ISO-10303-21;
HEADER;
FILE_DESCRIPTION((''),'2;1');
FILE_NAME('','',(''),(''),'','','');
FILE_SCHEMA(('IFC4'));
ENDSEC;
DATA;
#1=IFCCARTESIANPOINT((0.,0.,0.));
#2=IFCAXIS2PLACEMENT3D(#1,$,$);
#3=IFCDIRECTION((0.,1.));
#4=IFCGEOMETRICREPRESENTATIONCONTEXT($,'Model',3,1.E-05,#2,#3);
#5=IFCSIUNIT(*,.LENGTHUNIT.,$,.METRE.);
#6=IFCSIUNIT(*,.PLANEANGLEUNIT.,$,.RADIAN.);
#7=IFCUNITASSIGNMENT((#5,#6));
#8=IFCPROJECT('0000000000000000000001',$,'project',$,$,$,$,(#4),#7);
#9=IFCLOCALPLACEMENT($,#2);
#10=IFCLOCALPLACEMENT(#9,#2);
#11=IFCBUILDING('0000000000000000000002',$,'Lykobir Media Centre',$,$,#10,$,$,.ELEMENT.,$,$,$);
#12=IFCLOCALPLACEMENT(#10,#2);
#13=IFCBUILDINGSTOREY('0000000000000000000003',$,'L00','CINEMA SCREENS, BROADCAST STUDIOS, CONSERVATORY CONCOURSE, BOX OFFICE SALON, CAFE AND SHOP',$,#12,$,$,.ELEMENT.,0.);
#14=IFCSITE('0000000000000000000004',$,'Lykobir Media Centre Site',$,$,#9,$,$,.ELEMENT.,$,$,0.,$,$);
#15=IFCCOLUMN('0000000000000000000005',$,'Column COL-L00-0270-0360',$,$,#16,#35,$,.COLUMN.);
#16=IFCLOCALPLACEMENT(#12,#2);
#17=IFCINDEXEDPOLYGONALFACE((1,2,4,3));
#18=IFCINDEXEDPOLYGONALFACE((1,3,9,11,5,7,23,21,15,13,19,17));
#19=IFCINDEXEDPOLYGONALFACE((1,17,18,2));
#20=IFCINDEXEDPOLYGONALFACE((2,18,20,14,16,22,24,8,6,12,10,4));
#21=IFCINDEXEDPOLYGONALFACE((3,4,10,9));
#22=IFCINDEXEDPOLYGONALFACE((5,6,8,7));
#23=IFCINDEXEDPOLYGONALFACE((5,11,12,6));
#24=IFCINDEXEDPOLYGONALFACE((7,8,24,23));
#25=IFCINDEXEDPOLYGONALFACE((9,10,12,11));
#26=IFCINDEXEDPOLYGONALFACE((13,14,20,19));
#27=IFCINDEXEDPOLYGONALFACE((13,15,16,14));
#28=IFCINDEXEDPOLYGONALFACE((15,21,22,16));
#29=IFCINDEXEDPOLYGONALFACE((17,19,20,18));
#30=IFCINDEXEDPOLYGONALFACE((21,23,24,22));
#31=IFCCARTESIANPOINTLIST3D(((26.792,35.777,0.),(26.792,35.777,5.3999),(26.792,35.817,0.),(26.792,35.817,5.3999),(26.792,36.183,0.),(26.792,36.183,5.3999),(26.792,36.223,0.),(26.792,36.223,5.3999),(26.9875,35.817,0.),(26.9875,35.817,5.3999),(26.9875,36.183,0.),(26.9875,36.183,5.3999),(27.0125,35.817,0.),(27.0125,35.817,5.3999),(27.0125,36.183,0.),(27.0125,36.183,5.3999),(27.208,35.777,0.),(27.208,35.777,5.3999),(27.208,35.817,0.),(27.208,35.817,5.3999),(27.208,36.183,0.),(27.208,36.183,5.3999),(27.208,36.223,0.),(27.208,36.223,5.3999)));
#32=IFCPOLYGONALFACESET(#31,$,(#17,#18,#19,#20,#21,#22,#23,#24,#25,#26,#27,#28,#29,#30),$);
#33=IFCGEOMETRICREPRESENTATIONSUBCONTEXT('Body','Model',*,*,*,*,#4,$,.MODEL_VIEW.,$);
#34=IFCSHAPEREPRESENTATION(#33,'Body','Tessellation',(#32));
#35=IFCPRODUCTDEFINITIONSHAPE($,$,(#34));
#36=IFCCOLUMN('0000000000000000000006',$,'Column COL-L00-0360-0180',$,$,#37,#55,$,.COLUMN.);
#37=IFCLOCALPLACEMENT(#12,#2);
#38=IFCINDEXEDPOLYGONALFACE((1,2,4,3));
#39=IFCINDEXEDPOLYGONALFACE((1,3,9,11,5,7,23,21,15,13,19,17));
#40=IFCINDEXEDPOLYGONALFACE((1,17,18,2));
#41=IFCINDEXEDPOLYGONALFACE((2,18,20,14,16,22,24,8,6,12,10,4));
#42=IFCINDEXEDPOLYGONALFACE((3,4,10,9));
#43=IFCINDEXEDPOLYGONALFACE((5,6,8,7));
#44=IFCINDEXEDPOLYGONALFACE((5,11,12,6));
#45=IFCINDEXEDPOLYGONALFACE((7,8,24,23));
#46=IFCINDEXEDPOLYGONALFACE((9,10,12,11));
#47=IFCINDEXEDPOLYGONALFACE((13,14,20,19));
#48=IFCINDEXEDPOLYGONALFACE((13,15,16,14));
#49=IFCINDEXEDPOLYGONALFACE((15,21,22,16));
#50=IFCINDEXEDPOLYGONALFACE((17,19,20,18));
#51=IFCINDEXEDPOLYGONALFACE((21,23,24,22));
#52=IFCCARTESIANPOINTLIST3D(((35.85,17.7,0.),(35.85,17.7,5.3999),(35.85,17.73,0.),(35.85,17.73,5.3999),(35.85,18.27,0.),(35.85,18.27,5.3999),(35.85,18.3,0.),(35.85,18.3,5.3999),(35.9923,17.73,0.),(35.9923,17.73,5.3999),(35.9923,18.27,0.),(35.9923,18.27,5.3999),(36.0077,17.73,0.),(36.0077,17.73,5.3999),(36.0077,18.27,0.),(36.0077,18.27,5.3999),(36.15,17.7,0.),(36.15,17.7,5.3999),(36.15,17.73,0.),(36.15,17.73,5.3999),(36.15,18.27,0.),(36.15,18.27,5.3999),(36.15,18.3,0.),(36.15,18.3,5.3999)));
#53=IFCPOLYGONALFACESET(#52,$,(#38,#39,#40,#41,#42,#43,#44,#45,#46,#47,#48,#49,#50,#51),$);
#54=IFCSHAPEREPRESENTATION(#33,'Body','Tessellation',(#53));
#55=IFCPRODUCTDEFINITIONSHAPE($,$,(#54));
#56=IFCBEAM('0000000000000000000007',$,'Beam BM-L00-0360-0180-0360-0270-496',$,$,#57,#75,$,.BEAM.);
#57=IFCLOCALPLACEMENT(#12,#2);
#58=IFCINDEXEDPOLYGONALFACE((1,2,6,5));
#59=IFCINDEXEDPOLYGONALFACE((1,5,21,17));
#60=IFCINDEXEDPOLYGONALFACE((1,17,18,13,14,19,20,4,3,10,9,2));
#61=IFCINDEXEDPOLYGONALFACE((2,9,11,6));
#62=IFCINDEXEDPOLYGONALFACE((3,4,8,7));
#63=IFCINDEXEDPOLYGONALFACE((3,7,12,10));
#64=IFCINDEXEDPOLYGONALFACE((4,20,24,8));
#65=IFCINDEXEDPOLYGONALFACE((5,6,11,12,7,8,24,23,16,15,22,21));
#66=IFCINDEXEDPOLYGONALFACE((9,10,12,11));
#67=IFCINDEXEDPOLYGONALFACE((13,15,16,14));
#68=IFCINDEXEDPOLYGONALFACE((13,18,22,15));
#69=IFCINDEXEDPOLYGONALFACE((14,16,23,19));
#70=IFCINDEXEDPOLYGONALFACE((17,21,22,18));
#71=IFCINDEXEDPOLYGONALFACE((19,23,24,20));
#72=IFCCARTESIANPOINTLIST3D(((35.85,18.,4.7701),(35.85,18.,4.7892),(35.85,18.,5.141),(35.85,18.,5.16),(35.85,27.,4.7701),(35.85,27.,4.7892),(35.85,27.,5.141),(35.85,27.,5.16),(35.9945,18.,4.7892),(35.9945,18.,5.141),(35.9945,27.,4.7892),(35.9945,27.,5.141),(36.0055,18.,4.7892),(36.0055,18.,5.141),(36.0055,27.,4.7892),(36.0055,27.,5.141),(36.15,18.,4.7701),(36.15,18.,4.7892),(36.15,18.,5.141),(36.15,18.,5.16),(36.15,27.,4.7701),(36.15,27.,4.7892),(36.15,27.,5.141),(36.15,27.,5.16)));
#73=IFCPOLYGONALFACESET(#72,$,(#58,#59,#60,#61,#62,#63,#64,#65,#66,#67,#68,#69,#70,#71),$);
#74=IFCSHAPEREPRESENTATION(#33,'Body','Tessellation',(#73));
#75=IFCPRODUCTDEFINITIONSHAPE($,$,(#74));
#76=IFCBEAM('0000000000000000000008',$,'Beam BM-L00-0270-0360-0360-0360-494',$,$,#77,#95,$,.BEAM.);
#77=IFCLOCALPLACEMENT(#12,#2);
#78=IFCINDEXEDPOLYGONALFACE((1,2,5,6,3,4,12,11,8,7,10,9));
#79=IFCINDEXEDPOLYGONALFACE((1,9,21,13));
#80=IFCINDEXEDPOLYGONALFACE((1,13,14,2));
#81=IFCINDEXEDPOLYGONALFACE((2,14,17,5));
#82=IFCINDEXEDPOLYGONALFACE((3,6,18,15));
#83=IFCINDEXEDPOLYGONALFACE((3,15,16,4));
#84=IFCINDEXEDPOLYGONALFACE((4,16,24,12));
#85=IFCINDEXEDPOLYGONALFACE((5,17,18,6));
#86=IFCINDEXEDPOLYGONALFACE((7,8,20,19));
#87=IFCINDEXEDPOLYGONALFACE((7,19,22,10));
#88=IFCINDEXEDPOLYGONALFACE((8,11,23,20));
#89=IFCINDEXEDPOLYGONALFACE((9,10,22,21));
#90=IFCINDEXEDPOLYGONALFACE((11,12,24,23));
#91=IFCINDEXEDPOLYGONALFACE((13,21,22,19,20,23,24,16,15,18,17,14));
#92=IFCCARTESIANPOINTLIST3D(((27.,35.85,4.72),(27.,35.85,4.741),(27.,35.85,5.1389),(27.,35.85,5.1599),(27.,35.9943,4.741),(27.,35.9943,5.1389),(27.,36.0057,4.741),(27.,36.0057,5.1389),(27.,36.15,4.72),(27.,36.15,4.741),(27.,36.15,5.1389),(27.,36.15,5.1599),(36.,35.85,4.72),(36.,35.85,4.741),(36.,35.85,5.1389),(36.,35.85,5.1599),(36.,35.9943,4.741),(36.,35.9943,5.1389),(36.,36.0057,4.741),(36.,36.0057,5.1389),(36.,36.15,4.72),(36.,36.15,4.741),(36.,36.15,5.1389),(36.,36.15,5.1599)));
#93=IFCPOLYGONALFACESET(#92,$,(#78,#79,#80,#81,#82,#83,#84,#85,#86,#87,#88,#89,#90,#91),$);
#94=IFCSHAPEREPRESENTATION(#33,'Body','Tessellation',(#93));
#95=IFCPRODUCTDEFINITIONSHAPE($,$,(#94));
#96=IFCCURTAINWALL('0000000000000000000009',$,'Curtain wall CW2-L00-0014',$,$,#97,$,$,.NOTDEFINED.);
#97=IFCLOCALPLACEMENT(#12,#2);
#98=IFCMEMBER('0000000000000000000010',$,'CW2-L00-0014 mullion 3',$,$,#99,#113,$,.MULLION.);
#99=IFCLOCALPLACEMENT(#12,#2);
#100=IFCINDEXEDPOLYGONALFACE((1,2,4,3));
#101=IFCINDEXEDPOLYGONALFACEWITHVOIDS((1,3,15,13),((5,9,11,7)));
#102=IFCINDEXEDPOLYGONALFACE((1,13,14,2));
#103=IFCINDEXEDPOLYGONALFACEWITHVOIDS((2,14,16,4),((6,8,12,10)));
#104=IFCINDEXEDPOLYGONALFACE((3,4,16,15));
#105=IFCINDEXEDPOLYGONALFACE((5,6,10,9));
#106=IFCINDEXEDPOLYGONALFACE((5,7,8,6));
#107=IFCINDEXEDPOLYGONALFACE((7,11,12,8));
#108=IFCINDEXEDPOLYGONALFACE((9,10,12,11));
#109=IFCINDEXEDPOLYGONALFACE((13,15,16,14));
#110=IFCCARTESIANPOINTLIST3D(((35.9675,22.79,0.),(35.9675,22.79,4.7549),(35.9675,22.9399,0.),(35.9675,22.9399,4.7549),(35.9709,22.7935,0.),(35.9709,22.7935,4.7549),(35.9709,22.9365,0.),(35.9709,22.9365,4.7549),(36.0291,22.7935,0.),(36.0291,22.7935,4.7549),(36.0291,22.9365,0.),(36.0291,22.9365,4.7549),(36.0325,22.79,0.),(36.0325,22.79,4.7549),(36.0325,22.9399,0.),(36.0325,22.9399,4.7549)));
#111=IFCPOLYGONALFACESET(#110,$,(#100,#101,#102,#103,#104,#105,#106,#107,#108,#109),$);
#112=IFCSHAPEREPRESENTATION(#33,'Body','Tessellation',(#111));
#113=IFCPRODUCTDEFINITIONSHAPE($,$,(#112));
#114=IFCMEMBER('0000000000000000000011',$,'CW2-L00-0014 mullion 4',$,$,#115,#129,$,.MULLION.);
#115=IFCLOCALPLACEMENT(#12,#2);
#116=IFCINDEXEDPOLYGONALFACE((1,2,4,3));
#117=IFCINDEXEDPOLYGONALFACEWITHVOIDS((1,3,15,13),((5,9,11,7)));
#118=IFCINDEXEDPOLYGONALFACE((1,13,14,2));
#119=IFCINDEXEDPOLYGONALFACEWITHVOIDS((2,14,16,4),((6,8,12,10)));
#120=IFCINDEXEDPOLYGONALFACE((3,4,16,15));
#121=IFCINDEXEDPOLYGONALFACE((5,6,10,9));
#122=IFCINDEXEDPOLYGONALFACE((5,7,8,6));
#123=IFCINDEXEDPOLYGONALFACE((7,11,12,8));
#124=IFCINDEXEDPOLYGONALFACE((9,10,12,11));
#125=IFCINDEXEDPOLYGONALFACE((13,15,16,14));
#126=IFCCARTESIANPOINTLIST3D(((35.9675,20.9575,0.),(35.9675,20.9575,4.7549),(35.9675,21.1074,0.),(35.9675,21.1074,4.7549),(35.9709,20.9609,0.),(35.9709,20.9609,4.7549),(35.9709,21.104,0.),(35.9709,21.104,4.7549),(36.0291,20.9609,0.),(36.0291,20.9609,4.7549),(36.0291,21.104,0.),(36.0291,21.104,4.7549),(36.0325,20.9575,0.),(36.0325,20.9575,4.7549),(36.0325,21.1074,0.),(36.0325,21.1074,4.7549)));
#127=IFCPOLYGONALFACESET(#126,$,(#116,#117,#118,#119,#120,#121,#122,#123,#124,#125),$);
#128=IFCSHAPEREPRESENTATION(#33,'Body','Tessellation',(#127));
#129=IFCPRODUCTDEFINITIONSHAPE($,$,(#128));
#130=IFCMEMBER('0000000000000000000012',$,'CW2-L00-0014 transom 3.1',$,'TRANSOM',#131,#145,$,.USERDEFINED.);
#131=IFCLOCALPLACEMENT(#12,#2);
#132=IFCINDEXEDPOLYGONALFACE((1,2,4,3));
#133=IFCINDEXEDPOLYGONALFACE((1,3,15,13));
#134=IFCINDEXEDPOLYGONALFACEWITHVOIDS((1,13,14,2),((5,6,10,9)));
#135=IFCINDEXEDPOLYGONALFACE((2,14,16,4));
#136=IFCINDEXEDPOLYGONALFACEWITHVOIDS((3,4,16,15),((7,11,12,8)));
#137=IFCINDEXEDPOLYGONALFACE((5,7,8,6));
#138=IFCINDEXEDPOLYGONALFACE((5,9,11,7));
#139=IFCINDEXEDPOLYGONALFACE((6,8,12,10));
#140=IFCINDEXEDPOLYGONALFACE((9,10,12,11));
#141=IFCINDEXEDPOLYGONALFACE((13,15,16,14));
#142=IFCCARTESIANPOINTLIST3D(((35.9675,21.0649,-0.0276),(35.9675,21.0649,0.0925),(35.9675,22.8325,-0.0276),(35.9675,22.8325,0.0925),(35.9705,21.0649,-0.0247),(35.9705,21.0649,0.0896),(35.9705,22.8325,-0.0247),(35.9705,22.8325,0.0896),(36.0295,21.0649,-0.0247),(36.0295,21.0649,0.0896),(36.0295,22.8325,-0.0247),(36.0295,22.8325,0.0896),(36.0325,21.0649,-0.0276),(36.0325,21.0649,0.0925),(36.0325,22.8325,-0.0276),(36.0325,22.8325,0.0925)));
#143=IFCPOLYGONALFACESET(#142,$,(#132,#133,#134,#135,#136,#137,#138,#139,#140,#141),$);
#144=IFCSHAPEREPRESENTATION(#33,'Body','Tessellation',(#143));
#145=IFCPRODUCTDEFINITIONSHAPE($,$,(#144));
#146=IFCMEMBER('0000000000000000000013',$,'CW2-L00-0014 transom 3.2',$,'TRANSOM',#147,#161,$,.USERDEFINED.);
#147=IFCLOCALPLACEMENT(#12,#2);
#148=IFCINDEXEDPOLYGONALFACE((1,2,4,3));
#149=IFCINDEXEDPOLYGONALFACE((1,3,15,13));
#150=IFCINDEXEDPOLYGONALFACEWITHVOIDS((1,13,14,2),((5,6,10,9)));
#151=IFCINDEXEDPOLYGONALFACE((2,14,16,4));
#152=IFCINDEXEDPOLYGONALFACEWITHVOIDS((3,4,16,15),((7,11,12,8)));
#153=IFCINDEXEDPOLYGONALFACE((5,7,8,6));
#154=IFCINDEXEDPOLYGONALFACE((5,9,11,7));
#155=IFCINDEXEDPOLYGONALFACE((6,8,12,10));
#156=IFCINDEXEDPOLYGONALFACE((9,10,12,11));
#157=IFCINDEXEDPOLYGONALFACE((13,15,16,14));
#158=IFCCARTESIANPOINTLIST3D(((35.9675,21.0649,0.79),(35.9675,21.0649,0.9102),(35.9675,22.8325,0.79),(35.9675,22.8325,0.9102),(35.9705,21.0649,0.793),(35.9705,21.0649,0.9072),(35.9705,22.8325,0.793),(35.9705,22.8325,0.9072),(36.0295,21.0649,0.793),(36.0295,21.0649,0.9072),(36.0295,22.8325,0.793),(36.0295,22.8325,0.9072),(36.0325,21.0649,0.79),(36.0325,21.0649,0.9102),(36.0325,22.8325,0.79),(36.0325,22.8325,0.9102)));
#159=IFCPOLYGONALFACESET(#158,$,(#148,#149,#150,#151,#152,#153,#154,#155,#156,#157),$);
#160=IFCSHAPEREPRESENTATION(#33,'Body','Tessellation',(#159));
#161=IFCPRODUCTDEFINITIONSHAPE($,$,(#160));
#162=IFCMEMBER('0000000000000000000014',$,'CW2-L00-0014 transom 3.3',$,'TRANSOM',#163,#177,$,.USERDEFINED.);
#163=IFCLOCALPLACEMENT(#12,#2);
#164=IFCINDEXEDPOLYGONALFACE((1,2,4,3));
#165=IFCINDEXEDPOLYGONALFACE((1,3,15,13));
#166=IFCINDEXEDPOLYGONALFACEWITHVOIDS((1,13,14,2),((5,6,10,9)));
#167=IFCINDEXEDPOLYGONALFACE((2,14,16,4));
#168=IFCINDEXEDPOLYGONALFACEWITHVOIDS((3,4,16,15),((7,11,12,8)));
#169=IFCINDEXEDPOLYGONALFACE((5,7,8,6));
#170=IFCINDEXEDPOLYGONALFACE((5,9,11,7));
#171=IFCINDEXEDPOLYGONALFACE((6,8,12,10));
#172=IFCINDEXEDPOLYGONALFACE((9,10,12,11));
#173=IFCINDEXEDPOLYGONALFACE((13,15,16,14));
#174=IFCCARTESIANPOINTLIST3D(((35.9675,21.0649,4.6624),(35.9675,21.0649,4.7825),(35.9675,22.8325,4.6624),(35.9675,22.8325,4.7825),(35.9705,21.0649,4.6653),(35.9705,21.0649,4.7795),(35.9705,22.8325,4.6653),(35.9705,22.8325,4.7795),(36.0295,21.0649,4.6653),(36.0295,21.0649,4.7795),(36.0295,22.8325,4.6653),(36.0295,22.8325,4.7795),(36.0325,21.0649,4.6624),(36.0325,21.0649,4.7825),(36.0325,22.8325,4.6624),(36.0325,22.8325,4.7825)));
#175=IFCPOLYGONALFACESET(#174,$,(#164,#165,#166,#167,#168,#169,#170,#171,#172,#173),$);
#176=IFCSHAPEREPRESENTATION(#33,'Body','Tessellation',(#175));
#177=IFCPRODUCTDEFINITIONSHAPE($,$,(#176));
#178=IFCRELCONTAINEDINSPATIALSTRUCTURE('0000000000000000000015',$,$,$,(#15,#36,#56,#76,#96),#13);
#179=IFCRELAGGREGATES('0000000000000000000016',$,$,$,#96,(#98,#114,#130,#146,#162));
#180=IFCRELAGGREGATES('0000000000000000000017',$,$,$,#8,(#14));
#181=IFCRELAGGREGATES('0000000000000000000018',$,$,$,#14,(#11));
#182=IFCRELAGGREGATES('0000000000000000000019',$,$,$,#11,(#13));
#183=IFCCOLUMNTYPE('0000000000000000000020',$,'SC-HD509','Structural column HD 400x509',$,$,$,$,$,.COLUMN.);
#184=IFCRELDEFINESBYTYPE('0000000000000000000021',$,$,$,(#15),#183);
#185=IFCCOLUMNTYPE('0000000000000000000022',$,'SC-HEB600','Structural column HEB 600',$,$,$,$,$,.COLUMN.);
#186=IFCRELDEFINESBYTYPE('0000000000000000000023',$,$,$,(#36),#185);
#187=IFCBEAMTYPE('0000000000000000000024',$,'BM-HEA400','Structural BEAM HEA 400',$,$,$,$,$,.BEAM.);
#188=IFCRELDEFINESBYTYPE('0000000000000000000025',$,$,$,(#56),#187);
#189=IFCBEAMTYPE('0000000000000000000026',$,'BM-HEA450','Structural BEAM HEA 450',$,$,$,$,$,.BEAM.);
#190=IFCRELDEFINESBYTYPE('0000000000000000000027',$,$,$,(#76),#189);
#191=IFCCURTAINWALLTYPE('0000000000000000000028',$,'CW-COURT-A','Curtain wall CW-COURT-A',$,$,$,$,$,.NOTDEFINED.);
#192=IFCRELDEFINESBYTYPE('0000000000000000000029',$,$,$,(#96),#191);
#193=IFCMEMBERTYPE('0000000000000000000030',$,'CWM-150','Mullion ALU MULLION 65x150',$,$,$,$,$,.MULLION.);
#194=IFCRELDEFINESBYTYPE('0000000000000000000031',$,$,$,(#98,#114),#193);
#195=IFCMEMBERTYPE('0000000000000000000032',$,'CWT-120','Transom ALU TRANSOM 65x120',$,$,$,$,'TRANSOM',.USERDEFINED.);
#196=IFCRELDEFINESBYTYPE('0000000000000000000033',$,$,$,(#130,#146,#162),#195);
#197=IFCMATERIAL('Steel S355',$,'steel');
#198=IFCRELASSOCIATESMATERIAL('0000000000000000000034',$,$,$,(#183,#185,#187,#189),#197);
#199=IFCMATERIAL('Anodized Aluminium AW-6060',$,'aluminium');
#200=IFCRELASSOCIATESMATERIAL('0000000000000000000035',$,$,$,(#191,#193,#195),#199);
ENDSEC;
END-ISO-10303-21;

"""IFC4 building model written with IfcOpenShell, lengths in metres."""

from ifc_helpers import new_model, si_unit, direction, frame, origin, origin_2d, place, context, subcontext, project, spatial, hollow_rectangle, i_section, extrude, material, material_profile, profile_set, type_object, element, aggregate, save


model = new_model("IFC4")

# Units and contexts
model_context = context("Model", 3, precision=1e-05, world=origin(), true_north=direction((0.0, 1.0)))
body_context = subcontext(model_context, "Body", "Model", "MODEL_VIEW")
ifc_project = project(units=[si_unit("LENGTHUNIT", "METRE"), si_unit("PLANEANGLEUNIT", "RADIAN")], contexts=[model_context])

# Site, building, storey
site_placement = place(None, origin())
site = spatial("IfcSite", under=ifc_project, at=site_placement, Name="Lykobir Media Centre Site", CompositionType="ELEMENT", RefElevation=0.0)
building_placement = place(site_placement, origin())
building = spatial("IfcBuilding", under=site, at=building_placement, Name="Lykobir Media Centre", CompositionType="ELEMENT")
storey_placement = place(building_placement, origin())
storey = spatial("IfcBuildingStorey", under=building, at=storey_placement, Name="L00", Description="CINEMA SCREENS, BROADCAST STUDIOS, CONSERVATORY CONCOURSE, BOX OFFICE SALON, CAFE AND SHOP", CompositionType="ELEMENT", Elevation=0.0)

# Columns
ifc_material_1 = material(Name="Steel S355", Category="steel")
ifc_material_profile_1 = material_profile(ifc_material_1, i_section(OverallWidth=0.416, OverallDepth=0.446, WebThickness=0.0249, FlangeThickness=0.04, at=origin_2d()), Name="HD 400x509")
ifc_profile_set_1 = profile_set([ifc_material_profile_1], Name="Steel S355")
column_type_1 = type_object("IfcColumnType", Name="SC-HD509", Description="Structural column HD 400x509", PredefinedType="COLUMN", material=ifc_profile_set_1)
column_1_placement = place(storey_placement, frame((27.0, 36.0, 0.0), z_axis=(0.0, 0.0, 1.0), x_axis=(1.0, 0.0, 0.0)))
element("IfcColumn", 1, at=column_1_placement, inside=storey, type_object=column_type_1, Name="Column COL-L00-0270-0360", PredefinedType="COLUMN", context=body_context, shape_type="SweptSolid", body=[
    extrude(i_section(OverallWidth=0.416, OverallDepth=0.446, WebThickness=0.0249, FlangeThickness=0.04, at=origin_2d()), origin(), (0.0, 0.0, 1.0), 5.3999),
])
ifc_material_profile_2 = material_profile(ifc_material_1, i_section(OverallWidth=0.3, OverallDepth=0.6001, WebThickness=0.0154, FlangeThickness=0.03, at=origin_2d()), Name="HEB 600")
ifc_profile_set_2 = profile_set([ifc_material_profile_2], Name="Steel S355")
column_type_2 = type_object("IfcColumnType", Name="SC-HEB600", Description="Structural column HEB 600", PredefinedType="COLUMN", material=ifc_profile_set_2)
column_2_placement = place(storey_placement, frame((36.0, 18.0, 0.0), z_axis=(0.0, 0.0, 1.0), x_axis=(1.0, 0.0, 0.0)))
element("IfcColumn", 2, at=column_2_placement, inside=storey, type_object=column_type_2, Name="Column COL-L00-0360-0180", PredefinedType="COLUMN", context=body_context, shape_type="SweptSolid", body=[
    extrude(i_section(OverallWidth=0.3, OverallDepth=0.6001, WebThickness=0.0154, FlangeThickness=0.03, at=origin_2d()), origin(), (0.0, 0.0, 1.0), 5.3999),
])

# Beams
ifc_material_profile_3 = material_profile(ifc_material_1, i_section(OverallWidth=0.3, OverallDepth=0.3899, WebThickness=0.011, FlangeThickness=0.019, at=origin_2d()), Name="HEA 400")
ifc_profile_set_3 = profile_set([ifc_material_profile_3], Name="Steel S355")
beam_type_1 = type_object("IfcBeamType", Name="BM-HEA400", Description="Structural BEAM HEA 400", PredefinedType="BEAM", material=ifc_profile_set_3)
beam_1_placement = place(storey_placement, frame((36.0, 18.0, 4.9651), z_axis=(0.0, 1.0, 0.0), x_axis=(-1.0, 0.0, 0.0)))
element("IfcBeam", 3, at=beam_1_placement, inside=storey, type_object=beam_type_1, Name="Beam BM-L00-0360-0180-0360-0270-496", PredefinedType="BEAM", context=body_context, shape_type="SweptSolid", body=[
    extrude(i_section(OverallWidth=0.3, OverallDepth=0.3899, WebThickness=0.011, FlangeThickness=0.019, at=origin_2d()), origin(), (0.0, 0.0, 1.0), 9.0),
])
ifc_material_profile_4 = material_profile(ifc_material_1, i_section(OverallWidth=0.3, OverallDepth=0.4399, WebThickness=0.0115, FlangeThickness=0.021, at=origin_2d()), Name="HEA 450")
ifc_profile_set_4 = profile_set([ifc_material_profile_4], Name="Steel S355")
beam_type_2 = type_object("IfcBeamType", Name="BM-HEA450", Description="Structural BEAM HEA 450", PredefinedType="BEAM", material=ifc_profile_set_4)
beam_2_placement = place(storey_placement, frame((27.0, 36.0, 4.9399), z_axis=(1.0, 0.0, 0.0), x_axis=(0.0, 1.0, 0.0)))
element("IfcBeam", 4, at=beam_2_placement, inside=storey, type_object=beam_type_2, Name="Beam BM-L00-0270-0360-0360-0360-494", PredefinedType="BEAM", context=body_context, shape_type="SweptSolid", body=[
    extrude(i_section(OverallWidth=0.3, OverallDepth=0.4399, WebThickness=0.0115, FlangeThickness=0.021, at=origin_2d()), origin(), (0.0, 0.0, 1.0), 9.0),
])

# Curtain wall, members
ifc_material_2 = material(Name="Anodized Aluminium AW-6060", Category="aluminium")
curtain_wall_type = type_object("IfcCurtainWallType", Name="CW-COURT-A", Description="Curtain wall CW-COURT-A", PredefinedType="NOTDEFINED", material=ifc_material_2)
curtain_wall_placement = place(storey_placement, origin())
curtain_wall = element("IfcCurtainWall", 5, at=curtain_wall_placement, inside=storey, type_object=curtain_wall_type, Name="Curtain wall CW2-L00-0014", PredefinedType="NOTDEFINED")
ifc_material_profile_5 = material_profile(ifc_material_2, hollow_rectangle(XDim=0.0649, YDim=0.1499, WallThickness=0.0034, at=origin_2d()), Name="ALU MULLION 65x150")
ifc_profile_set_5 = profile_set([ifc_material_profile_5], Name="Anodized Aluminium AW-6060")
member_type_1 = type_object("IfcMemberType", Name="CWM-150", Description="Mullion ALU MULLION 65x150", PredefinedType="MULLION", material=ifc_profile_set_5)
member_1_placement = place(storey_placement, frame((36.0, 22.865, 0.0), z_axis=(0.0, 0.0, 1.0), x_axis=(1.0, 0.0, 0.0)))
member_1 = element("IfcMember", 6, at=member_1_placement, type_object=member_type_1, Name="CW2-L00-0014 mullion 3", PredefinedType="MULLION", context=body_context, shape_type="SweptSolid", body=[
    extrude(hollow_rectangle(XDim=0.0649, YDim=0.1499, WallThickness=0.0034, at=origin_2d()), origin(), (0.0, 0.0, 1.0), 4.7549),
])
member_2_placement = place(storey_placement, frame((36.0, 21.0325, 0.0), z_axis=(0.0, 0.0, 1.0), x_axis=(1.0, 0.0, 0.0)))
member_2 = element("IfcMember", 7, at=member_2_placement, type_object=member_type_1, Name="CW2-L00-0014 mullion 4", PredefinedType="MULLION", context=body_context, shape_type="SweptSolid", body=[
    extrude(hollow_rectangle(XDim=0.0649, YDim=0.1499, WallThickness=0.0034, at=origin_2d()), origin(), (0.0, 0.0, 1.0), 4.7549),
])
ifc_material_profile_6 = material_profile(ifc_material_2, hollow_rectangle(XDim=0.0649, YDim=0.1201, WallThickness=0.0029, at=origin_2d()), Name="ALU TRANSOM 65x120")
ifc_profile_set_6 = profile_set([ifc_material_profile_6], Name="Anodized Aluminium AW-6060")
member_type_2 = type_object("IfcMemberType", Name="CWT-120", Description="Transom ALU TRANSOM 65x120", ElementType="TRANSOM", PredefinedType="USERDEFINED", material=ifc_profile_set_6)
member_3_placement = place(storey_placement, frame((36.0, 22.8325, 0.0325), z_axis=(0.0, -1.0, 0.0), x_axis=(1.0, 0.0, 0.0)))
member_3 = element("IfcMember", 8, at=member_3_placement, type_object=member_type_2, Name="CW2-L00-0014 transom 3.1", ObjectType="TRANSOM", PredefinedType="USERDEFINED", context=body_context, shape_type="SweptSolid", body=[
    extrude(hollow_rectangle(XDim=0.0649, YDim=0.1201, WallThickness=0.0029, at=origin_2d()), origin(), (0.0, 0.0, 1.0), 1.7676),
])
member_4_placement = place(storey_placement, frame((36.0, 22.8325, 0.8501), z_axis=(0.0, -1.0, 0.0), x_axis=(1.0, 0.0, 0.0)))
member_4 = element("IfcMember", 9, at=member_4_placement, type_object=member_type_2, Name="CW2-L00-0014 transom 3.2", ObjectType="TRANSOM", PredefinedType="USERDEFINED", context=body_context, shape_type="SweptSolid", body=[
    extrude(hollow_rectangle(XDim=0.0649, YDim=0.1201, WallThickness=0.0029, at=origin_2d()), origin(), (0.0, 0.0, 1.0), 1.7676),
])
member_5_placement = place(storey_placement, frame((36.0, 22.8325, 4.7224), z_axis=(0.0, -1.0, 0.0), x_axis=(1.0, 0.0, 0.0)))
member_5 = element("IfcMember", 10, at=member_5_placement, type_object=member_type_2, Name="CW2-L00-0014 transom 3.3", ObjectType="TRANSOM", PredefinedType="USERDEFINED", context=body_context, shape_type="SweptSolid", body=[
    extrude(hollow_rectangle(XDim=0.0649, YDim=0.1201, WallThickness=0.0029, at=origin_2d()), origin(), (0.0, 0.0, 1.0), 1.7676),
])

aggregate(curtain_wall, [member_1, member_2, member_3, member_4, member_5])

save(model, "model.ifc")
